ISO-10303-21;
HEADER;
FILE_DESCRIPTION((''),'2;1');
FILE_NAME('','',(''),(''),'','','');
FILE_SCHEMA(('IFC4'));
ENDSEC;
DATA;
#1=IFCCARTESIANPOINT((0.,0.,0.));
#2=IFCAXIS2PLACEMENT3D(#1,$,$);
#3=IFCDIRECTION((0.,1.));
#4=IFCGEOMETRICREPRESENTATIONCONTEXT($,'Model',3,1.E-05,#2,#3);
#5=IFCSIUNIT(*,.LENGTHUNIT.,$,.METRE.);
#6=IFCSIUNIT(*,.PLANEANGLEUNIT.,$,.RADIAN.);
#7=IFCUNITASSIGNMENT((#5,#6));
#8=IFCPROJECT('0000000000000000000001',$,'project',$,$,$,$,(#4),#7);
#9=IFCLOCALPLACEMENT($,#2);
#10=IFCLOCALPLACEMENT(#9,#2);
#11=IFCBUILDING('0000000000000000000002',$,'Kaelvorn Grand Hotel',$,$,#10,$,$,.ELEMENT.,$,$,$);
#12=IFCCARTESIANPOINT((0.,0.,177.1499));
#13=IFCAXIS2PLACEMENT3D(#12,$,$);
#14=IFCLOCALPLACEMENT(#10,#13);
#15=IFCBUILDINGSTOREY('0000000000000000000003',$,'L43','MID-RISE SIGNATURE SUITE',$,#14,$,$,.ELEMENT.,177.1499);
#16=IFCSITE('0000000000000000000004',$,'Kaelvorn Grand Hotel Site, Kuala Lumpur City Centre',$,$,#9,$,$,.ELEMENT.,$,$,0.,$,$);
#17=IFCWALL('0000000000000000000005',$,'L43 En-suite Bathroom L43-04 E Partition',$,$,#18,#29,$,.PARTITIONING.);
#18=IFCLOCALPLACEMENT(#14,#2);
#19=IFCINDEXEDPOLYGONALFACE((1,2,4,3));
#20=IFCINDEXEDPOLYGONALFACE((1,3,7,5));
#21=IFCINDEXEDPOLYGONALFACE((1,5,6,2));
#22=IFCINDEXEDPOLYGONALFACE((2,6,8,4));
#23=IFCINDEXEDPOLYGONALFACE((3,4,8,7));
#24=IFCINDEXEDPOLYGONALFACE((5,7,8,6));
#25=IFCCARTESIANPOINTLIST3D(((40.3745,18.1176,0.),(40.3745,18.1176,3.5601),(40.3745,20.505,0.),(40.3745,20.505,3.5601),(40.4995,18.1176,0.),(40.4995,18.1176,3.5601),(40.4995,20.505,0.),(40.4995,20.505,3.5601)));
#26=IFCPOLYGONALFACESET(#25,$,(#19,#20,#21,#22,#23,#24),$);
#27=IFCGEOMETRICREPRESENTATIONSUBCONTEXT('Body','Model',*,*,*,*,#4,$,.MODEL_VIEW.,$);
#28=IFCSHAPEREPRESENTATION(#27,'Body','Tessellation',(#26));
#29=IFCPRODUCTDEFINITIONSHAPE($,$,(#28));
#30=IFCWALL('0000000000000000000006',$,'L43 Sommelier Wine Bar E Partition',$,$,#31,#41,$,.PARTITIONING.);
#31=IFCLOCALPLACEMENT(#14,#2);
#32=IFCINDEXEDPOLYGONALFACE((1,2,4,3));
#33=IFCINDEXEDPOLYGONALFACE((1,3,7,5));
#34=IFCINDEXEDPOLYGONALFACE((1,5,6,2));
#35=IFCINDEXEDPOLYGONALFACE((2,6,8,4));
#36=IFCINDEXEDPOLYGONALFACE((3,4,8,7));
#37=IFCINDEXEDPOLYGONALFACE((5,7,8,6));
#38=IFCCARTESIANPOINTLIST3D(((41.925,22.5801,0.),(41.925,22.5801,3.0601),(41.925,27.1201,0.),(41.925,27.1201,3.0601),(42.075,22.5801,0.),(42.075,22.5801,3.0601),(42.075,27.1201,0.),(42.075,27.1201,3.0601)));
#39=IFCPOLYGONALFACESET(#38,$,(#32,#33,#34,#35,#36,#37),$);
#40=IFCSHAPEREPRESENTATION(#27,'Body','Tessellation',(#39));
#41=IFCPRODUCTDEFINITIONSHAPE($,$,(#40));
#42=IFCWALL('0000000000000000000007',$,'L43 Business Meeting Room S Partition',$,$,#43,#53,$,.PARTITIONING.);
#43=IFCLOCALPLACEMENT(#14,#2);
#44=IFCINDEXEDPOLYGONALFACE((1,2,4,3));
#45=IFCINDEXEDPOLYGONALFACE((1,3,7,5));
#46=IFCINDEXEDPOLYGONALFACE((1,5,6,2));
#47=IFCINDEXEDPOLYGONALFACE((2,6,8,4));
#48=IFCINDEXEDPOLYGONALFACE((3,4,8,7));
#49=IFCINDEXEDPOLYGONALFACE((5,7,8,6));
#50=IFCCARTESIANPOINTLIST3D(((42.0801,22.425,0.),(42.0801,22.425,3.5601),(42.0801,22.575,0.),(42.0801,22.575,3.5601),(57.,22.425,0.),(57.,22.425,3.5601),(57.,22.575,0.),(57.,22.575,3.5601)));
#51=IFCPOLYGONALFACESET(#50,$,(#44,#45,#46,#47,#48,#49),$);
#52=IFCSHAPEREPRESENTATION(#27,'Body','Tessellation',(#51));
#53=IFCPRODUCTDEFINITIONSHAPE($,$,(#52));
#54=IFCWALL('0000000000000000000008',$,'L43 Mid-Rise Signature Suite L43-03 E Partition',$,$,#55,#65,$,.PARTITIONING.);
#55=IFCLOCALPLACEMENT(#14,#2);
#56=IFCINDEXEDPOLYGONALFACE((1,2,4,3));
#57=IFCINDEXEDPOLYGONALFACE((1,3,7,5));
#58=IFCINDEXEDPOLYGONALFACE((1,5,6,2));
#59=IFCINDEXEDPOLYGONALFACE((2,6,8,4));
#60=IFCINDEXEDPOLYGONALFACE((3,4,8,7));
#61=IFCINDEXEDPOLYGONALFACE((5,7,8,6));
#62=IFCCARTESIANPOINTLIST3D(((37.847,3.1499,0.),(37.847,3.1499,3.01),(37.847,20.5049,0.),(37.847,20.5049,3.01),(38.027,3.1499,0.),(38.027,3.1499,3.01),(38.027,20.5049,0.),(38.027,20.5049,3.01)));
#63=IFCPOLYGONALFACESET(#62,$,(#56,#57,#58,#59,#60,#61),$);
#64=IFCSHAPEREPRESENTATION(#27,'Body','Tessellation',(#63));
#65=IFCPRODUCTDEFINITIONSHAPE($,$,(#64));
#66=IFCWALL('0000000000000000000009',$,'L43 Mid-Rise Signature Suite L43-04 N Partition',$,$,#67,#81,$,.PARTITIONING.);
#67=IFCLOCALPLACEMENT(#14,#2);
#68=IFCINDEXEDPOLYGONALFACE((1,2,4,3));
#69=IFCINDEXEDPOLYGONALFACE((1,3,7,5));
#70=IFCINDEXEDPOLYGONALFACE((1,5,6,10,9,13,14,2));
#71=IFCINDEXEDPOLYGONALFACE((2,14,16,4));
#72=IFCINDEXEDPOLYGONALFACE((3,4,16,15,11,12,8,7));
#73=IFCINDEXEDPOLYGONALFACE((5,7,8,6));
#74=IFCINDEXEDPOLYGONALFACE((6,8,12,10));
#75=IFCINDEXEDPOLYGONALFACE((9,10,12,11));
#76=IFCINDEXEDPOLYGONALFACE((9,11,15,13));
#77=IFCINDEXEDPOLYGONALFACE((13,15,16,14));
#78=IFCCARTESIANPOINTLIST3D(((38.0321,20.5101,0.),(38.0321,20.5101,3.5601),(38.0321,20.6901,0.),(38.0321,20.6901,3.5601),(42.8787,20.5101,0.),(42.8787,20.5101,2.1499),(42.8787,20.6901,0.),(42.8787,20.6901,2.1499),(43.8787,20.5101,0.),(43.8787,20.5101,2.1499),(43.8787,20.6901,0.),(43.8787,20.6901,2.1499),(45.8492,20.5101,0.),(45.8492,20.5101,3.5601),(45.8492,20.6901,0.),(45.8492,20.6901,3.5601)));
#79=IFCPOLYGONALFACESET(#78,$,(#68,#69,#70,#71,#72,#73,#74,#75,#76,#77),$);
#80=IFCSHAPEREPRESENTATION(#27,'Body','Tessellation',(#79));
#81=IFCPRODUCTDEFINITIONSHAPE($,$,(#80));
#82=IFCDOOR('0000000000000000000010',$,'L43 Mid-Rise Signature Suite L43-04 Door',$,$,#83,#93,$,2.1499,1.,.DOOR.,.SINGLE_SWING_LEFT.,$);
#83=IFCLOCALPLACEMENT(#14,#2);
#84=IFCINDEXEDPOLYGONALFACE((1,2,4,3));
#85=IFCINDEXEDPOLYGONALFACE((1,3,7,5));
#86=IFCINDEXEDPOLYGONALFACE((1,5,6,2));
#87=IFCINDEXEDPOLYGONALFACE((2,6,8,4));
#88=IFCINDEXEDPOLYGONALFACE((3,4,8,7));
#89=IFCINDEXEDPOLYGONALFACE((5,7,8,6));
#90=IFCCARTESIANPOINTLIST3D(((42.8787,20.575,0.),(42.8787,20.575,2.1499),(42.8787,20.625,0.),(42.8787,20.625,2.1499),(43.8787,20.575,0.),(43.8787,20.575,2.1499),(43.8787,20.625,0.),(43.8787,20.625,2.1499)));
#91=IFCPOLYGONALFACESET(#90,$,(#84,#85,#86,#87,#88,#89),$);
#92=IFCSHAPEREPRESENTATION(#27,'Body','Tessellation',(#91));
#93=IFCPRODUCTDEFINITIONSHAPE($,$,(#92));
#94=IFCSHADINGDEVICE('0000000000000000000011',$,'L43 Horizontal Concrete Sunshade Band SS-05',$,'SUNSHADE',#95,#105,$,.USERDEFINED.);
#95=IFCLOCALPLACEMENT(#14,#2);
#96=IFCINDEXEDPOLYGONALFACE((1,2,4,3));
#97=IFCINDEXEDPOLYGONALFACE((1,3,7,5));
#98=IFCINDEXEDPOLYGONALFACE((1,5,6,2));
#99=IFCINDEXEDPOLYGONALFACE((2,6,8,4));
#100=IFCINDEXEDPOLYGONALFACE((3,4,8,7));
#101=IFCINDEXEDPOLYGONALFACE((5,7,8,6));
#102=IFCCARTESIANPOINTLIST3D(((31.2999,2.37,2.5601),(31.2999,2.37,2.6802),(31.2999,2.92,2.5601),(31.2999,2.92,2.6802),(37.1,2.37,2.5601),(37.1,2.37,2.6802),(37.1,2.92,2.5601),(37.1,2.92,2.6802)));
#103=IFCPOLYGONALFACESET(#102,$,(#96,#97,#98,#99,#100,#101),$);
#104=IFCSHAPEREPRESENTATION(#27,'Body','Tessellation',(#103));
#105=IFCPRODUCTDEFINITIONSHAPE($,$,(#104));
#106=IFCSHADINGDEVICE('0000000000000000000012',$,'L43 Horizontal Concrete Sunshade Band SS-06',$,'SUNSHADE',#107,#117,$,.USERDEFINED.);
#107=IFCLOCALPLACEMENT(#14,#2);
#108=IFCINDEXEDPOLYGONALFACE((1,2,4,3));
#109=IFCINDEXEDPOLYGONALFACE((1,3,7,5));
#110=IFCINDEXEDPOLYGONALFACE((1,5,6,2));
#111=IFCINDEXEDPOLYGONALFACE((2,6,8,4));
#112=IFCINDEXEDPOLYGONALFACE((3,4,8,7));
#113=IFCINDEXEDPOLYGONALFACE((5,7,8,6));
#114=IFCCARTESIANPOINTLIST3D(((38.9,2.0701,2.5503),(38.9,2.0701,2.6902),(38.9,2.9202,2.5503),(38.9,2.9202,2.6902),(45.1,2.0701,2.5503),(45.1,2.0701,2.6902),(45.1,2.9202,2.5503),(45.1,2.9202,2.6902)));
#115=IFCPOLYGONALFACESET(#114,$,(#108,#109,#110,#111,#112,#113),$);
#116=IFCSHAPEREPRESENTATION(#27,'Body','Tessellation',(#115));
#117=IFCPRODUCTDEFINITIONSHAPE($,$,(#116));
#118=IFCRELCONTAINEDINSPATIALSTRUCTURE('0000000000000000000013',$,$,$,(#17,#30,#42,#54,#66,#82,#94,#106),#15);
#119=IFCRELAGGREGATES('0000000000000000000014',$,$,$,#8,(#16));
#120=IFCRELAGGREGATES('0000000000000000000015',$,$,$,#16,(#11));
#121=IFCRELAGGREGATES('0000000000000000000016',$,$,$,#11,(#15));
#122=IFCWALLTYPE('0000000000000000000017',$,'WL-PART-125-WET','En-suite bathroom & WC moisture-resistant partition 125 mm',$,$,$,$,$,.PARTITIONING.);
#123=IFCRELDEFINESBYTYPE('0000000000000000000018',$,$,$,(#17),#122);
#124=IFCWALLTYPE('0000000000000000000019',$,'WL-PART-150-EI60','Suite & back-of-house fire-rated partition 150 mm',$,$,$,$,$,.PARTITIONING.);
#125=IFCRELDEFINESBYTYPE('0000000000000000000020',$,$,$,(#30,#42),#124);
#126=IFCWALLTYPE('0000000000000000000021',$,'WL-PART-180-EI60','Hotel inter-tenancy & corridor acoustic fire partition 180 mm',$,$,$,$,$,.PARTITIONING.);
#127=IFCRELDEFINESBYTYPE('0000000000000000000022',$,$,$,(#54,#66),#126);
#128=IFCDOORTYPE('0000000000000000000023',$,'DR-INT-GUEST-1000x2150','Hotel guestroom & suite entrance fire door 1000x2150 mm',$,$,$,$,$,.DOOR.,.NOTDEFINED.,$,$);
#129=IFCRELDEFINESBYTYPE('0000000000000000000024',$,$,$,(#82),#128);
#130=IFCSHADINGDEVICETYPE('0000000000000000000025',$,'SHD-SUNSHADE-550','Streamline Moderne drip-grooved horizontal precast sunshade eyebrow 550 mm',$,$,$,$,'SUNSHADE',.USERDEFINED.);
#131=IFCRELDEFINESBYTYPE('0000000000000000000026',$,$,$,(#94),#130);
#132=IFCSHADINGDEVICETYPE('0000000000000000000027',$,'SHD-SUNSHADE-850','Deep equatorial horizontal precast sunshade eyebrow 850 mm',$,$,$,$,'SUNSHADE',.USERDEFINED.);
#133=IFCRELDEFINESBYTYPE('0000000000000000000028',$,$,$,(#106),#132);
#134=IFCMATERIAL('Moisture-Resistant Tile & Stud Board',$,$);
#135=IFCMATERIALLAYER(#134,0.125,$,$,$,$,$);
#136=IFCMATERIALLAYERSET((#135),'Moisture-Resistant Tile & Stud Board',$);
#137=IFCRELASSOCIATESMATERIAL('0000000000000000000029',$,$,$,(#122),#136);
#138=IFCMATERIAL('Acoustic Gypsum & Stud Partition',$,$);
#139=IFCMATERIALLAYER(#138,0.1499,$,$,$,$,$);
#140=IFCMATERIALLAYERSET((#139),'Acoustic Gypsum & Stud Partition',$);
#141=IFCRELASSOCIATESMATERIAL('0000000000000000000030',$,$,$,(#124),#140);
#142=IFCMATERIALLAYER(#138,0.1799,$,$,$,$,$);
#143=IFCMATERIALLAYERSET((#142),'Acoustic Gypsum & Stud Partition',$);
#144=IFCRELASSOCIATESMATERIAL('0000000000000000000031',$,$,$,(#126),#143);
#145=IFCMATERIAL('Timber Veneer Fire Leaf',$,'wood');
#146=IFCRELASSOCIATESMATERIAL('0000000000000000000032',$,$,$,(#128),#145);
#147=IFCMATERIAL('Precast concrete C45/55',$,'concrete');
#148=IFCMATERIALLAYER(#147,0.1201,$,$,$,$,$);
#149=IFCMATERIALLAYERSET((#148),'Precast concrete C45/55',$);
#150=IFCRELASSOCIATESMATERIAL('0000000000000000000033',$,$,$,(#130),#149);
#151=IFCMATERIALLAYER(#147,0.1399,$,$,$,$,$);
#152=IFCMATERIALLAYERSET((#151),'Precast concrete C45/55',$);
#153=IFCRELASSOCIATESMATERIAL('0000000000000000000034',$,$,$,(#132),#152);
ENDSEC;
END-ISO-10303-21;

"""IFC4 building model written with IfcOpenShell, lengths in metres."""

from ifc_helpers import new_model, si_unit, direction, frame, frame_2d, origin, origin_2d, place, context, subcontext, project, spatial, rectangle, extrude, material, layer, layer_set, type_object, element, fill, save


model = new_model("IFC4")

# Units and contexts
model_context = context("Model", 3, precision=1e-05, world=origin(), true_north=direction((0.0, 1.0)))
body_context = subcontext(model_context, "Body", "Model", "MODEL_VIEW")
ifc_project = project(units=[si_unit("LENGTHUNIT", "METRE"), si_unit("PLANEANGLEUNIT", "RADIAN")], contexts=[model_context])

# Site, building, storey
site_placement = place(None, origin())
site = spatial("IfcSite", under=ifc_project, at=site_placement, Name="Kaelvorn Grand Hotel Site, Kuala Lumpur City Centre", CompositionType="ELEMENT", RefElevation=0.0)
building_placement = place(site_placement, origin())
building = spatial("IfcBuilding", under=site, at=building_placement, Name="Kaelvorn Grand Hotel", CompositionType="ELEMENT")
storey_placement = place(building_placement, frame((0.0, 0.0, 177.1499)))
storey = spatial("IfcBuildingStorey", under=building, at=storey_placement, Name="L43", Description="MID-RISE SIGNATURE SUITE", CompositionType="ELEMENT", Elevation=177.1499)

# Shared definitions
ifc_material_1 = material(Name="Moisture-Resistant Tile & Stud Board")
ifc_layer_1 = layer(ifc_material_1, 0.125)
ifc_layer_set_1 = layer_set([ifc_layer_1], Name="Moisture-Resistant Tile & Stud Board")
wall_type_1 = type_object("IfcWallType", Name="WL-PART-125-WET", Description="En-suite bathroom & WC moisture-resistant partition 125 mm", PredefinedType="PARTITIONING", material=ifc_layer_set_1)

# Walls
wall_1_placement = place(storey_placement, frame((40.437, 18.1174, 0.0), z_axis=(0.0, 0.0, 1.0), x_axis=(0.0, 1.0, 0.0)))
element("IfcWall", 1, at=wall_1_placement, inside=storey, type_object=wall_type_1, Name="L43 En-suite Bathroom L43-04 E Partition", PredefinedType="PARTITIONING", context=body_context, shape_type="SweptSolid", body=[
    extrude(rectangle(XDim=2.3875, YDim=0.125, at=frame_2d((1.1938, 0.0))), origin(), (0.0, 0.0, 1.0), 3.5601),
])
ifc_material_2 = material(Name="Acoustic Gypsum & Stud Partition")
ifc_layer_2 = layer(ifc_material_2, 0.1499)
ifc_layer_set_2 = layer_set([ifc_layer_2], Name="Acoustic Gypsum & Stud Partition")
wall_type_2 = type_object("IfcWallType", Name="WL-PART-150-EI60", Description="Suite & back-of-house fire-rated partition 150 mm", PredefinedType="PARTITIONING", material=ifc_layer_set_2)
wall_2_placement = place(storey_placement, frame((42.0, 22.5801, 0.0), z_axis=(0.0, 0.0, 1.0), x_axis=(0.0, 1.0, 0.0)))
element("IfcWall", 2, at=wall_2_placement, inside=storey, type_object=wall_type_2, Name="L43 Sommelier Wine Bar E Partition", PredefinedType="PARTITIONING", context=body_context, shape_type="SweptSolid", body=[
    extrude(rectangle(XDim=4.54, YDim=0.1499, at=frame_2d((2.27, 0.0))), origin(), (0.0, 0.0, 1.0), 3.0601),
])
wall_3_placement = place(storey_placement, frame((42.0801, 22.5, 0.0), z_axis=(0.0, 0.0, 1.0), x_axis=(1.0, 0.0, 0.0)))
element("IfcWall", 3, at=wall_3_placement, inside=storey, type_object=wall_type_2, Name="L43 Business Meeting Room S Partition", PredefinedType="PARTITIONING", context=body_context, shape_type="SweptSolid", body=[
    extrude(rectangle(XDim=14.9199, YDim=0.1499, at=frame_2d((7.46, 0.0))), origin(), (0.0, 0.0, 1.0), 3.5601),
])
ifc_layer_3 = layer(ifc_material_2, 0.1799)
ifc_layer_set_3 = layer_set([ifc_layer_3], Name="Acoustic Gypsum & Stud Partition")
wall_type_3 = type_object("IfcWallType", Name="WL-PART-180-EI60", Description="Hotel inter-tenancy & corridor acoustic fire partition 180 mm", PredefinedType="PARTITIONING", material=ifc_layer_set_3)
wall_4_placement = place(storey_placement, frame((37.937, 3.1499, 0.0), z_axis=(0.0, 0.0, 1.0), x_axis=(0.0, 1.0, 0.0)))
element("IfcWall", 4, at=wall_4_placement, inside=storey, type_object=wall_type_3, Name="L43 Mid-Rise Signature Suite L43-03 E Partition", PredefinedType="PARTITIONING", context=body_context, shape_type="SweptSolid", body=[
    extrude(rectangle(XDim=17.355, YDim=0.1799, at=frame_2d((8.6775, 0.0))), origin(), (0.0, 0.0, 1.0), 3.01),
])

# Wall, opening, door
wall_5_placement = place(storey_placement, frame((38.032, 20.6001, 0.0), z_axis=(0.0, 0.0, 1.0), x_axis=(1.0, 0.0, 0.0)))
wall_5 = element("IfcWall", 5, at=wall_5_placement, inside=storey, type_object=wall_type_3, Name="L43 Mid-Rise Signature Suite L43-04 N Partition", PredefinedType="PARTITIONING", context=body_context, shape_type="SweptSolid", body=[
    extrude(rectangle(XDim=7.8171, YDim=0.1799, at=frame_2d((3.9087, 0.0))), origin(), (0.0, 0.0, 1.0), 3.5601),
])
opening_1_placement = place(wall_5_placement, frame((4.8467, 0.0, 0.0)))
opening_1 = element("IfcOpeningElement", 6, at=opening_1_placement, cuts=wall_5, PredefinedType="OPENING", context=body_context, shape_type="SweptSolid", body=[
    extrude(rectangle(XDim=1.0, YDim=2.1499, at=frame_2d((0.5, 1.075))), frame((0.0, 0.1001, 0.0), z_axis=(0.0, -1.0, 0.0), x_axis=(1.0, 0.0, 0.0)), (0.0, 0.0, 1.0), 0.2),
])
ifc_material_3 = material(Name="Timber Veneer Fire Leaf", Category="wood")
door_type_1 = type_object("IfcDoorType", Name="DR-INT-GUEST-1000x2150", Description="Hotel guestroom & suite entrance fire door 1000x2150 mm", OperationType="NOTDEFINED", PredefinedType="DOOR", material=ifc_material_3)
door_1_placement = place(opening_1_placement, origin())
door_1 = element("IfcDoor", 7, at=door_1_placement, inside=storey, type_object=door_type_1, Name="L43 Mid-Rise Signature Suite L43-04 Door", OperationType="SINGLE_SWING_LEFT", OverallHeight=2.1499, OverallWidth=1.0, PredefinedType="DOOR", context=body_context, shape_type="SweptSolid", body=[
    extrude(rectangle(XDim=1.0, YDim=2.1499, at=frame_2d((0.5, 1.075))), frame((0.0, 0.0249, 0.0), z_axis=(0.0, -1.0, 0.0), x_axis=(1.0, 0.0, 0.0)), (0.0, 0.0, 1.0), 0.05),
])
fill(opening_1, door_1)

# Shading devices
ifc_material_4 = material(Name="Precast concrete C45/55", Category="concrete")
ifc_layer_4 = layer(ifc_material_4, 0.1201)
ifc_layer_set_4 = layer_set([ifc_layer_4], Name="Precast concrete C45/55")
shading_device_type_1 = type_object("IfcShadingDeviceType", Name="SHD-SUNSHADE-550", Description="Streamline Moderne drip-grooved horizontal precast sunshade eyebrow 550 mm", ElementType="SUNSHADE", PredefinedType="USERDEFINED", material=ifc_layer_set_4)
shading_device_1_placement = place(storey_placement, frame((34.2, 2.645, 2.5601), z_axis=(0.0, 0.0, 1.0), x_axis=(1.0, 0.0, 0.0)))
element("IfcShadingDevice", 8, at=shading_device_1_placement, inside=storey, type_object=shading_device_type_1, Name="L43 Horizontal Concrete Sunshade Band SS-05", ObjectType="SUNSHADE", PredefinedType="USERDEFINED", context=body_context, shape_type="SweptSolid", body=[
    extrude(rectangle(XDim=5.8, YDim=0.55, at=origin_2d()), origin(), (0.0, 0.0, 1.0), 0.1201),
])
ifc_layer_5 = layer(ifc_material_4, 0.1399)
ifc_layer_set_5 = layer_set([ifc_layer_5], Name="Precast concrete C45/55")
shading_device_type_2 = type_object("IfcShadingDeviceType", Name="SHD-SUNSHADE-850", Description="Deep equatorial horizontal precast sunshade eyebrow 850 mm", ElementType="SUNSHADE", PredefinedType="USERDEFINED", material=ifc_layer_set_5)
shading_device_2_placement = place(storey_placement, frame((42.0, 2.4951, 2.5503), z_axis=(0.0, 0.0, 1.0), x_axis=(1.0, 0.0, 0.0)))
element("IfcShadingDevice", 9, at=shading_device_2_placement, inside=storey, type_object=shading_device_type_2, Name="L43 Horizontal Concrete Sunshade Band SS-06", ObjectType="SUNSHADE", PredefinedType="USERDEFINED", context=body_context, shape_type="SweptSolid", body=[
    extrude(rectangle(XDim=6.2, YDim=0.8501, at=origin_2d()), origin(), (0.0, 0.0, 1.0), 0.1399),
])

save(model, "model.ifc")
